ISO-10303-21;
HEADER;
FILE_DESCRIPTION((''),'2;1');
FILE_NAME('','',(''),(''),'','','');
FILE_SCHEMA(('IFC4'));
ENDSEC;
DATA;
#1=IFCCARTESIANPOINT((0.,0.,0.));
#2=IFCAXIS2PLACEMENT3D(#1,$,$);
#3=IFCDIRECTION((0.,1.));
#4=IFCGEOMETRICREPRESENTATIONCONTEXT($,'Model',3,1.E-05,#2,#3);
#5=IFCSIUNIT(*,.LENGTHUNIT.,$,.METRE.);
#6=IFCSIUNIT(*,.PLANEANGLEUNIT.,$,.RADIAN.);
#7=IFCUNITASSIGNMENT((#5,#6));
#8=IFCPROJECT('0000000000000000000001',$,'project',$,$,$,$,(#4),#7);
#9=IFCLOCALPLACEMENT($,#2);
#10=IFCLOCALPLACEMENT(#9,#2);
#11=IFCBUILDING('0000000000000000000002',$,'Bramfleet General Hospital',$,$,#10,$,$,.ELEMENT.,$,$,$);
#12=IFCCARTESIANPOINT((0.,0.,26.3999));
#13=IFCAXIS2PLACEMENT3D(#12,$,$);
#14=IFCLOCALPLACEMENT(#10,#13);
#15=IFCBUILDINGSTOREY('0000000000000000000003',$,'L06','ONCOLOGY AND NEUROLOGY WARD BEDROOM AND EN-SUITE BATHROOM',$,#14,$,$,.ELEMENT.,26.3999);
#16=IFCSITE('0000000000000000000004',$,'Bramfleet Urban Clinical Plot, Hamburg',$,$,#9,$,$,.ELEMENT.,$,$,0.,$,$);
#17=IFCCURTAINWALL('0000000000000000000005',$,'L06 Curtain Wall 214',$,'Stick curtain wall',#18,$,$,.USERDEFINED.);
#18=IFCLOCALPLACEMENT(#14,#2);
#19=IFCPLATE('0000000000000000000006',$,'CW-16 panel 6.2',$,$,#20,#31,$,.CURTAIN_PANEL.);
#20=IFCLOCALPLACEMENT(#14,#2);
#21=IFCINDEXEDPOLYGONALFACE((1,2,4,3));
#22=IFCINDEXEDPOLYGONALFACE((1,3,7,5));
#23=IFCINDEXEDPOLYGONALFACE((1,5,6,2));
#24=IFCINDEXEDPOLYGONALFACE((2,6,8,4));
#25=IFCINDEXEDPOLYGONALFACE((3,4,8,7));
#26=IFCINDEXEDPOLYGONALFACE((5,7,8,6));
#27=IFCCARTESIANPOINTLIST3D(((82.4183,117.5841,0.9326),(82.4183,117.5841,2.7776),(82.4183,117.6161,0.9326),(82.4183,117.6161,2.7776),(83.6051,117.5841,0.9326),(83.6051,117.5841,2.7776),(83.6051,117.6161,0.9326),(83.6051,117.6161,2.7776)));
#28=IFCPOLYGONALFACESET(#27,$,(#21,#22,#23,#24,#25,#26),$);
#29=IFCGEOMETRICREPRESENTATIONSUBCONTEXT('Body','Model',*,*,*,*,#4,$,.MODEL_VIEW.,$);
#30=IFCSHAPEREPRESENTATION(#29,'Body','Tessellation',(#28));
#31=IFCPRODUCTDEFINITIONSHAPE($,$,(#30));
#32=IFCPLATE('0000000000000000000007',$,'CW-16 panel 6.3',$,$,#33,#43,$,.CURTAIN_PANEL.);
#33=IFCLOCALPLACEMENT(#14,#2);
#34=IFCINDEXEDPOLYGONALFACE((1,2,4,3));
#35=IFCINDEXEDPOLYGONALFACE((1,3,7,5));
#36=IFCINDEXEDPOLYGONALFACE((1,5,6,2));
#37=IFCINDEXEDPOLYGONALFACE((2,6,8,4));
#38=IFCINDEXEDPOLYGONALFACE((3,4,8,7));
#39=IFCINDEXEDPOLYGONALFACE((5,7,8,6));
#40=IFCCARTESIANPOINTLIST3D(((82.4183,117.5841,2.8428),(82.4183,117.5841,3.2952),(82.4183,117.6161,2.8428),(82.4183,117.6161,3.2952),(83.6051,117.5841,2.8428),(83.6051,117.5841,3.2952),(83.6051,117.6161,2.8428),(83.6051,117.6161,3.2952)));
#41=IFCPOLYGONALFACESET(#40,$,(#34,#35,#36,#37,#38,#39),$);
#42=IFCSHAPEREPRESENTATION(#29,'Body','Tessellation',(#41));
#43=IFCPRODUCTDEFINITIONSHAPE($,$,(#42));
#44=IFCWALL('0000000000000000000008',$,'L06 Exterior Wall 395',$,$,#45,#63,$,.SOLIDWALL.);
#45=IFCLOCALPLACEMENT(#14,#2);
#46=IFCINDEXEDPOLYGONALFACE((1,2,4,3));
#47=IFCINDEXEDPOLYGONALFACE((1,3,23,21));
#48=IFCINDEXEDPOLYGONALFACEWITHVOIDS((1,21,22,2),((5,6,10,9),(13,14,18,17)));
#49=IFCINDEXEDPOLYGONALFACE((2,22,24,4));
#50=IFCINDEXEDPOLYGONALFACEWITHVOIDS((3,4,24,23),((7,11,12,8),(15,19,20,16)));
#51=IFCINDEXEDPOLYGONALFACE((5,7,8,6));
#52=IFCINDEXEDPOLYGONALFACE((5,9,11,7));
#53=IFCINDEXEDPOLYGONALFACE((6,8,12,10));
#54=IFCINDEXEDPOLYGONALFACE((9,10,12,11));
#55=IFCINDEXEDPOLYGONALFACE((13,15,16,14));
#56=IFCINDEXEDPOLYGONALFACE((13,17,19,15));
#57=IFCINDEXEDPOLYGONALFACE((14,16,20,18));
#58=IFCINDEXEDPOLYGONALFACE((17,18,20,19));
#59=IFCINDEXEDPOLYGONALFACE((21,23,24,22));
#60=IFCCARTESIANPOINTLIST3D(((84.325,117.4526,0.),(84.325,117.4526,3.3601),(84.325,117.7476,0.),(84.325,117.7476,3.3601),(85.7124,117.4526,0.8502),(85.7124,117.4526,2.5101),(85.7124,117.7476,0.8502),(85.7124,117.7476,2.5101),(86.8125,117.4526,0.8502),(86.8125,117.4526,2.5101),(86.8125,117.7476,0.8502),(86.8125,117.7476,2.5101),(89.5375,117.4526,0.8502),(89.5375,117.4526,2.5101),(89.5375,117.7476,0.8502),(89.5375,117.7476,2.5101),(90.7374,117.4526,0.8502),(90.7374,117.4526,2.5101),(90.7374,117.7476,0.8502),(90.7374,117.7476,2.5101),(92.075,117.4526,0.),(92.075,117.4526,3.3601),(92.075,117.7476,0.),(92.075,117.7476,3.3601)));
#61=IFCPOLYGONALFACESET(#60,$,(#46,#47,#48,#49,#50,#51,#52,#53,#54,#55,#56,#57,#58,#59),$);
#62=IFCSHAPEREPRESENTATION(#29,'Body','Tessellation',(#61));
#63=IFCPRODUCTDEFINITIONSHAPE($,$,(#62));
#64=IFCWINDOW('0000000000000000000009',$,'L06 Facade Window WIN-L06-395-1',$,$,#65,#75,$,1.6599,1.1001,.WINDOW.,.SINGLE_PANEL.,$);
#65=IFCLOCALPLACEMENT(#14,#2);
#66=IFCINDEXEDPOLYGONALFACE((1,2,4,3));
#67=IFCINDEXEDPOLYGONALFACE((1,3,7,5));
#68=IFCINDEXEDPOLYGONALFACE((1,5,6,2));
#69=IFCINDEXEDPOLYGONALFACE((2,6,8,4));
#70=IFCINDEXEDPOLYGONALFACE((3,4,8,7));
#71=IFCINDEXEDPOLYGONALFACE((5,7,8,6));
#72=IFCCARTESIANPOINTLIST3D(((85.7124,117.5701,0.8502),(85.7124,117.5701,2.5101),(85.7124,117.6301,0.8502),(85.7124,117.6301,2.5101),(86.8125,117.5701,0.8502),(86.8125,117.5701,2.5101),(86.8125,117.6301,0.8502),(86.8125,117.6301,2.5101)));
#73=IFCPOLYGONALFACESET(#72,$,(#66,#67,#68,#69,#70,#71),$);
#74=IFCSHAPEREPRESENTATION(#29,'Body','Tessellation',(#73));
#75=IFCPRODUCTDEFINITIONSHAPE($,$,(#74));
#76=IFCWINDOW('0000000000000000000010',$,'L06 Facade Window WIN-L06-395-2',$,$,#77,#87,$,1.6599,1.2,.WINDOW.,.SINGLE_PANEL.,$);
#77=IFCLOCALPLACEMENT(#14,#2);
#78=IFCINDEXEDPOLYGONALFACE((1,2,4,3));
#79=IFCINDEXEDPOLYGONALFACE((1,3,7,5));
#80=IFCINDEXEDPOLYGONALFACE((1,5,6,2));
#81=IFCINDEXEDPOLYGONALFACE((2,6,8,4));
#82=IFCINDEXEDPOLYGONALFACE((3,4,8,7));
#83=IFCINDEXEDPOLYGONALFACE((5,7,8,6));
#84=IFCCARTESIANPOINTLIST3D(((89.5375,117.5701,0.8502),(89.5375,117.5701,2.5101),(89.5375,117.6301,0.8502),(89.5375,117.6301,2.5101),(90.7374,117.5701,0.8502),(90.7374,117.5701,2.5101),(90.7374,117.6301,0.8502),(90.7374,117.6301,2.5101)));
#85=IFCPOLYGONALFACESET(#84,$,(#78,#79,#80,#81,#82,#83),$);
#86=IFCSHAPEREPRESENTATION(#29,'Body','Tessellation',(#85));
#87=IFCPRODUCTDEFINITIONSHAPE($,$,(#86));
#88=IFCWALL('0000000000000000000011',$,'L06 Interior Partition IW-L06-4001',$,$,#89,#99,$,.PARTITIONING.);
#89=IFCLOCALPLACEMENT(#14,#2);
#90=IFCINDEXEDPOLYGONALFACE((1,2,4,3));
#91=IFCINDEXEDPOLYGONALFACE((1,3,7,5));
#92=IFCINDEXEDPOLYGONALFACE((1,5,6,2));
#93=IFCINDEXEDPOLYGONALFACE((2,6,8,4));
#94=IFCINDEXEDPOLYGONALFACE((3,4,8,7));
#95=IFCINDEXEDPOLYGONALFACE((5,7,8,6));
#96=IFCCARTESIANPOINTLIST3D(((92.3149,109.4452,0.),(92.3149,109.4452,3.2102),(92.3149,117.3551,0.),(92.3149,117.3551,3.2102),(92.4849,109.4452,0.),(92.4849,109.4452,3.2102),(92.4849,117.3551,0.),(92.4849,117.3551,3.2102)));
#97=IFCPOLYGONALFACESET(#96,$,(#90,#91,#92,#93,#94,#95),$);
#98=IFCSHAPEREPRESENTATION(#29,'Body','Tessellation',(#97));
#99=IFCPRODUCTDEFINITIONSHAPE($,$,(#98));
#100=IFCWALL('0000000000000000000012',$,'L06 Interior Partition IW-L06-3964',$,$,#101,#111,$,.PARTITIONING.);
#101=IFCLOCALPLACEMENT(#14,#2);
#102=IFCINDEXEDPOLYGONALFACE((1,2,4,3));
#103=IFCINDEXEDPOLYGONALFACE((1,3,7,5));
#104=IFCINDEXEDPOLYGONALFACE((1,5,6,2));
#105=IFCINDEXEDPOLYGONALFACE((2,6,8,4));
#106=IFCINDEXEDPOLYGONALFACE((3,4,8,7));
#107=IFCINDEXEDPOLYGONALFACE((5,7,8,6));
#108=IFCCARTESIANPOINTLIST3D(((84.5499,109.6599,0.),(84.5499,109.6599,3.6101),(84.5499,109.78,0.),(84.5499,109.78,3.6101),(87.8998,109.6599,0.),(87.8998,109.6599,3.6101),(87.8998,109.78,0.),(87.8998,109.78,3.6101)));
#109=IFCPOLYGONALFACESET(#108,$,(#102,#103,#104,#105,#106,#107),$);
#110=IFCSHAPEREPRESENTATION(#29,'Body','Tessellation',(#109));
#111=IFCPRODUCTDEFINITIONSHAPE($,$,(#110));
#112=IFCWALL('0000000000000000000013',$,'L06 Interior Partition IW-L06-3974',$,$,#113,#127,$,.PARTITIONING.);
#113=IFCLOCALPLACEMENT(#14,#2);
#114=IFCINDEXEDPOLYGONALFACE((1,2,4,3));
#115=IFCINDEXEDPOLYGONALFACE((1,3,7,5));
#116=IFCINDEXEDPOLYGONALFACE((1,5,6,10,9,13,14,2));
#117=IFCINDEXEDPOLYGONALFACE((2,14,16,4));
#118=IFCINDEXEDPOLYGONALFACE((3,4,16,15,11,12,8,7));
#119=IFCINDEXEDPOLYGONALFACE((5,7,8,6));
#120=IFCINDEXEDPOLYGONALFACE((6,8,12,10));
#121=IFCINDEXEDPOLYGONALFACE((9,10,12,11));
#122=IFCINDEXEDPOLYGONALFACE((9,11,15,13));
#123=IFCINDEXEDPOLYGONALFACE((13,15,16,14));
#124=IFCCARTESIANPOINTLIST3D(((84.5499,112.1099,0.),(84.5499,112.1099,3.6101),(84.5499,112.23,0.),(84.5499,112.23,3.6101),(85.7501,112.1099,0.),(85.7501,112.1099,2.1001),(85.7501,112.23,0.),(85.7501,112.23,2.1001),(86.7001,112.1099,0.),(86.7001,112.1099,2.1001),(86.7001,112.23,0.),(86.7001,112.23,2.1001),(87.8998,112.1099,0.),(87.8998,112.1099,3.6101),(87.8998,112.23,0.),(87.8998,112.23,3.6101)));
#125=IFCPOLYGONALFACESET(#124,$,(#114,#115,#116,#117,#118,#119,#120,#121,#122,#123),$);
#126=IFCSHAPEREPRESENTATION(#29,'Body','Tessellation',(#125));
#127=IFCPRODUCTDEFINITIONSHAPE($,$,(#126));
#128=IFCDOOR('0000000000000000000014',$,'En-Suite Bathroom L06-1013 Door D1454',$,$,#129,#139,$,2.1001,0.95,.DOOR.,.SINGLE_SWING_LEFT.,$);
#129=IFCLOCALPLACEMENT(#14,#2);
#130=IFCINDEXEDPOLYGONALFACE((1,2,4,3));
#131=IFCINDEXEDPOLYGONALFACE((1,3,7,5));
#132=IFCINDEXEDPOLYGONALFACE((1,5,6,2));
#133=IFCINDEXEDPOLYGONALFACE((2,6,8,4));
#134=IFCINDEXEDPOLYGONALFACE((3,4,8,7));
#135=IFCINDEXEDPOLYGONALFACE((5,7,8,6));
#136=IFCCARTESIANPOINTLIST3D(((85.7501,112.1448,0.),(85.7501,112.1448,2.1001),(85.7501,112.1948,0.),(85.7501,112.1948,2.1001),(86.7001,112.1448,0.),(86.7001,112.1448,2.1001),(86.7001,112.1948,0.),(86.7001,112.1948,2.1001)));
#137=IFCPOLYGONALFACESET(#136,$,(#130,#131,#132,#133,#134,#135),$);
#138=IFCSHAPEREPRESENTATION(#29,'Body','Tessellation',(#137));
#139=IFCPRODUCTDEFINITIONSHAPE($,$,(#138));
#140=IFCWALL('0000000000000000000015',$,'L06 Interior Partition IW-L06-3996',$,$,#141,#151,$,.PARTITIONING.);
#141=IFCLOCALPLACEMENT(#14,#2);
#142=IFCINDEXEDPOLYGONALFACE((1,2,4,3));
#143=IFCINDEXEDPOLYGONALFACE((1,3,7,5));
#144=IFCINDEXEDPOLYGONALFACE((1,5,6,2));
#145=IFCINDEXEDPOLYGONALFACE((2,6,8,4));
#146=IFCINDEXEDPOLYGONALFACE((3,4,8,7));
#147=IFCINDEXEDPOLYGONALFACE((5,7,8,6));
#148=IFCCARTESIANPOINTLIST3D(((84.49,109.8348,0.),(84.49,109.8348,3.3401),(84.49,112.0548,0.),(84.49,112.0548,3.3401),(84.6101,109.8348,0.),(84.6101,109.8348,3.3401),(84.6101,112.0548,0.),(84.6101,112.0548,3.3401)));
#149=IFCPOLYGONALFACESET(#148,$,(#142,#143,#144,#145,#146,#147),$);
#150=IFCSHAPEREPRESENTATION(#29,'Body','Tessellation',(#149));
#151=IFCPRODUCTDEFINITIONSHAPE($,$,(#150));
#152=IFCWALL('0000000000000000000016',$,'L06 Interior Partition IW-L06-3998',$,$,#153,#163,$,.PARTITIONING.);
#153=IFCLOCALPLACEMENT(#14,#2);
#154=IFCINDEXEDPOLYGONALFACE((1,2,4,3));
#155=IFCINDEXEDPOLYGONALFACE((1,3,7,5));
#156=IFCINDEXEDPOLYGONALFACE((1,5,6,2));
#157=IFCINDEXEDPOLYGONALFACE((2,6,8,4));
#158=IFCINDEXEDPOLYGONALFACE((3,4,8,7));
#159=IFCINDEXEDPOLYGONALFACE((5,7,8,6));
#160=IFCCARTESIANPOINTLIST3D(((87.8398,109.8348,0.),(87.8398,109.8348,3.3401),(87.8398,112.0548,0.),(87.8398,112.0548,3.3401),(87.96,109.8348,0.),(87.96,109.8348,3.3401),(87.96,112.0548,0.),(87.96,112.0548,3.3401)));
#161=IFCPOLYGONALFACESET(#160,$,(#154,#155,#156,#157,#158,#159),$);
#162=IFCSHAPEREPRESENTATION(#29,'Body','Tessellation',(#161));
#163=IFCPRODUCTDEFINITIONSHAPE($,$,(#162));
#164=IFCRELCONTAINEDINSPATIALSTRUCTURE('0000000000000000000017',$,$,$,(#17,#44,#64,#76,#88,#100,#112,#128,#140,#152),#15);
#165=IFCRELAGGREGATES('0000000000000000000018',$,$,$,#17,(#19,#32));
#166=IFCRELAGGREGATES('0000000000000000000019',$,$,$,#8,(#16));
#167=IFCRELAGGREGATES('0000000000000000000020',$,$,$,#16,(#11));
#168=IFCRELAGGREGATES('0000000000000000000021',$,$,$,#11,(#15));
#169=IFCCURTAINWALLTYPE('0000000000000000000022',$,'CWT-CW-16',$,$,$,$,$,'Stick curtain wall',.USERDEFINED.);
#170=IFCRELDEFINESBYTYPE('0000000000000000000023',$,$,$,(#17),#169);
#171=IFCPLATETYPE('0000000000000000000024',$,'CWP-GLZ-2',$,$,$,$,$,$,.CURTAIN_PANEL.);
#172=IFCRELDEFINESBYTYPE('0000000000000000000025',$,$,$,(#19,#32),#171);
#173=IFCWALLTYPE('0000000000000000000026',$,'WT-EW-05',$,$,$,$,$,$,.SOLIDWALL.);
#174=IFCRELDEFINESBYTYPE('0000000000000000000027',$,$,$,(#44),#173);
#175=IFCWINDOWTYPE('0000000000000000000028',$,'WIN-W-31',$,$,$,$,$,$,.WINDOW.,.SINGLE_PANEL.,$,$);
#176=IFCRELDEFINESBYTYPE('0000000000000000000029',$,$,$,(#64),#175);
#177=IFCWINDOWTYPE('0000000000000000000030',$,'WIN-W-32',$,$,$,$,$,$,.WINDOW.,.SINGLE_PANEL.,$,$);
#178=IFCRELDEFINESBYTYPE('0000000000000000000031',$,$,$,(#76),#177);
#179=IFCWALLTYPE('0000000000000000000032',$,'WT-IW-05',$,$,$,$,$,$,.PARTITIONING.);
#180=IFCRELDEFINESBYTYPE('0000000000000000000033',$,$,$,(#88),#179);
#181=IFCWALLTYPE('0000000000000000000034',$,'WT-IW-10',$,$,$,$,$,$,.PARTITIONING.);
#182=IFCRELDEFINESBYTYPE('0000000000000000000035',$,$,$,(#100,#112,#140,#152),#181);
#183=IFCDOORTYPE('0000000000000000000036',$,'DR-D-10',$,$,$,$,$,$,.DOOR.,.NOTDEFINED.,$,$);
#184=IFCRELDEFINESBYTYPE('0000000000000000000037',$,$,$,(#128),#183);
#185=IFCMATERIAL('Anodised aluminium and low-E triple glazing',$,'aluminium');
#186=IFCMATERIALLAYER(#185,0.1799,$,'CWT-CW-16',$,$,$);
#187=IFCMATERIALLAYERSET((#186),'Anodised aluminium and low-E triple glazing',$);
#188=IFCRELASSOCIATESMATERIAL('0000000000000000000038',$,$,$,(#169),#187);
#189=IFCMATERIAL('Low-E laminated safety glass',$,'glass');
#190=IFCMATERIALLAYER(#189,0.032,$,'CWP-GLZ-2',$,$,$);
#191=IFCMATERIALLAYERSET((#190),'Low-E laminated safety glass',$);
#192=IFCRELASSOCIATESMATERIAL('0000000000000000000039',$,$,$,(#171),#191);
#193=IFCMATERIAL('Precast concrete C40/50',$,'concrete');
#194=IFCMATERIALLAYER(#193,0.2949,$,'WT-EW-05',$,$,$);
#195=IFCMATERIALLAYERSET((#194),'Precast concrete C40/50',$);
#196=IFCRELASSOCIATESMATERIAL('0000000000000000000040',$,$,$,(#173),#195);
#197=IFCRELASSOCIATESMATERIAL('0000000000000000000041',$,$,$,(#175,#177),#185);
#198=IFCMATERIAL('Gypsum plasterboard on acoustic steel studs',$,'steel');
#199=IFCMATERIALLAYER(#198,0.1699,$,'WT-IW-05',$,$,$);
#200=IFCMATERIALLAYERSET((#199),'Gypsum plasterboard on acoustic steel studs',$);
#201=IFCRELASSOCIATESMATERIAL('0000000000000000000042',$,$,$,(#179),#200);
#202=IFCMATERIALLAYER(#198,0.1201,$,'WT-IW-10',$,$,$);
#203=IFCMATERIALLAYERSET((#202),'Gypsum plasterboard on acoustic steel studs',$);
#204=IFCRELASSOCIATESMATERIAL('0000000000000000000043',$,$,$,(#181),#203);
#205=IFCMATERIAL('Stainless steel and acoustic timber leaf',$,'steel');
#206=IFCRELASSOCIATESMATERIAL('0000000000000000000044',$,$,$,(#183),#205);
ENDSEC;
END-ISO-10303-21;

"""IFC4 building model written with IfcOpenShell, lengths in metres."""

from ifc_helpers import new_model, si_unit, direction, frame, frame_2d, origin, origin_2d, place, context, subcontext, project, spatial, rectangle, extrude, material, layer, layer_set, type_object, element, fill, aggregate, save


model = new_model("IFC4")

# Units and contexts
model_context = context("Model", 3, precision=1e-05, world=origin(), true_north=direction((0.0, 1.0)))
body_context = subcontext(model_context, "Body", "Model", "MODEL_VIEW")
ifc_project = project(units=[si_unit("LENGTHUNIT", "METRE"), si_unit("PLANEANGLEUNIT", "RADIAN")], contexts=[model_context])

# Site, building, storey
site_placement = place(None, origin())
site = spatial("IfcSite", under=ifc_project, at=site_placement, Name="Bramfleet Urban Clinical Plot, Hamburg", CompositionType="ELEMENT", RefElevation=0.0)
building_placement = place(site_placement, origin())
building = spatial("IfcBuilding", under=site, at=building_placement, Name="Bramfleet General Hospital", CompositionType="ELEMENT")
storey_placement = place(building_placement, frame((0.0, 0.0, 26.3999)))
storey = spatial("IfcBuildingStorey", under=building, at=storey_placement, Name="L06", Description="ONCOLOGY AND NEUROLOGY WARD BEDROOM AND EN-SUITE BATHROOM", CompositionType="ELEMENT", Elevation=26.3999)

# Curtain wall, plates
ifc_material_1 = material(Name="Anodised aluminium and low-E triple glazing", Category="aluminium")
ifc_layer_1 = layer(ifc_material_1, 0.1799, Name="CWT-CW-16")
ifc_layer_set_1 = layer_set([ifc_layer_1], Name="Anodised aluminium and low-E triple glazing")
curtain_wall_type = type_object("IfcCurtainWallType", Name="CWT-CW-16", ElementType="Stick curtain wall", PredefinedType="USERDEFINED", material=ifc_layer_set_1)
curtain_wall_placement = place(storey_placement, origin())
curtain_wall = element("IfcCurtainWall", 1, at=curtain_wall_placement, inside=storey, type_object=curtain_wall_type, Name="L06 Curtain Wall 214", ObjectType="Stick curtain wall", PredefinedType="USERDEFINED")
ifc_material_2 = material(Name="Low-E laminated safety glass", Category="glass")
ifc_layer_2 = layer(ifc_material_2, 0.032, Name="CWP-GLZ-2")
ifc_layer_set_2 = layer_set([ifc_layer_2], Name="Low-E laminated safety glass")
plate_type = type_object("IfcPlateType", Name="CWP-GLZ-2", PredefinedType="CURTAIN_PANEL", material=ifc_layer_set_2)
plate_1_placement = place(storey_placement, frame((83.0117, 117.6001, 0.9326), z_axis=(0.0, 0.0, 1.0), x_axis=(1.0, 0.0, 0.0)))
plate_1 = element("IfcPlate", 2, at=plate_1_placement, type_object=plate_type, Name="CW-16 panel 6.2", PredefinedType="CURTAIN_PANEL", context=body_context, shape_type="SweptSolid", body=[
    extrude(rectangle(XDim=1.1868, YDim=0.032, at=origin_2d()), origin(), (0.0, 0.0, 1.0), 1.845),
])
plate_2_placement = place(storey_placement, frame((83.0117, 117.6001, 2.8428), z_axis=(0.0, 0.0, 1.0), x_axis=(1.0, 0.0, 0.0)))
plate_2 = element("IfcPlate", 3, at=plate_2_placement, type_object=plate_type, Name="CW-16 panel 6.3", PredefinedType="CURTAIN_PANEL", context=body_context, shape_type="SweptSolid", body=[
    extrude(rectangle(XDim=1.1868, YDim=0.032, at=origin_2d()), origin(), (0.0, 0.0, 1.0), 0.4524),
])
aggregate(curtain_wall, [plate_1, plate_2])

# Wall, openings, windows
ifc_material_3 = material(Name="Precast concrete C40/50", Category="concrete")
ifc_layer_3 = layer(ifc_material_3, 0.2949, Name="WT-EW-05")
ifc_layer_set_3 = layer_set([ifc_layer_3], Name="Precast concrete C40/50")
wall_type_1 = type_object("IfcWallType", Name="WT-EW-05", PredefinedType="SOLIDWALL", material=ifc_layer_set_3)
wall_1_placement = place(storey_placement, frame((84.325, 117.6001, 0.0), z_axis=(0.0, 0.0, 1.0), x_axis=(1.0, 0.0, 0.0)))
wall_1 = element("IfcWall", 4, at=wall_1_placement, inside=storey, type_object=wall_type_1, Name="L06 Exterior Wall 395", PredefinedType="SOLIDWALL", context=body_context, shape_type="SweptSolid", body=[
    extrude(rectangle(XDim=7.75, YDim=0.2949, at=frame_2d((3.875, 0.0))), origin(), (0.0, 0.0, 1.0), 3.3601),
])
opening_1_placement = place(wall_1_placement, frame((1.3875, 0.0, 0.8501)))
opening_1 = element("IfcOpeningElement", 5, at=opening_1_placement, cuts=wall_1, PredefinedType="OPENING", context=body_context, shape_type="SweptSolid", body=[
    extrude(rectangle(XDim=1.1001, YDim=1.6599, at=frame_2d((0.55, 0.8301))), frame((0.0, 0.1575, 0.0), z_axis=(0.0, -1.0, 0.0), x_axis=(1.0, 0.0, 0.0)), (0.0, 0.0, 1.0), 0.3149),
])
opening_2_placement = place(wall_1_placement, frame((5.2124, 0.0, 0.8501)))
opening_2 = element("IfcOpeningElement", 6, at=opening_2_placement, cuts=wall_1, PredefinedType="OPENING", context=body_context, shape_type="SweptSolid", body=[
    extrude(rectangle(XDim=1.2, YDim=1.6599, at=frame_2d((0.6001, 0.8301))), frame((0.0, 0.1575, 0.0), z_axis=(0.0, -1.0, 0.0), x_axis=(1.0, 0.0, 0.0)), (0.0, 0.0, 1.0), 0.3149),
])
window_type_1 = type_object("IfcWindowType", Name="WIN-W-31", PartitioningType="SINGLE_PANEL", PredefinedType="WINDOW", material=ifc_material_1)
window_1_placement = place(opening_1_placement, origin())
window_1 = element("IfcWindow", 7, at=window_1_placement, inside=storey, type_object=window_type_1, Name="L06 Facade Window WIN-L06-395-1", OverallHeight=1.6599, OverallWidth=1.1001, PartitioningType="SINGLE_PANEL", PredefinedType="WINDOW", context=body_context, shape_type="SweptSolid", body=[
    extrude(rectangle(XDim=1.1001, YDim=1.6599, at=frame_2d((0.55, 0.8301))), frame((0.0, 0.03, 0.0), z_axis=(0.0, -1.0, 0.0), x_axis=(1.0, 0.0, 0.0)), (0.0, 0.0, 1.0), 0.0601),
])
fill(opening_1, window_1)
window_type_2 = type_object("IfcWindowType", Name="WIN-W-32", PartitioningType="SINGLE_PANEL", PredefinedType="WINDOW", material=ifc_material_1)
window_2_placement = place(opening_2_placement, origin())
window_2 = element("IfcWindow", 8, at=window_2_placement, inside=storey, type_object=window_type_2, Name="L06 Facade Window WIN-L06-395-2", OverallHeight=1.6599, OverallWidth=1.2, PartitioningType="SINGLE_PANEL", PredefinedType="WINDOW", context=body_context, shape_type="SweptSolid", body=[
    extrude(rectangle(XDim=1.2, YDim=1.6599, at=frame_2d((0.6001, 0.8301))), frame((0.0, 0.03, 0.0), z_axis=(0.0, -1.0, 0.0), x_axis=(1.0, 0.0, 0.0)), (0.0, 0.0, 1.0), 0.0601),
])
fill(opening_2, window_2)

# Walls
ifc_material_4 = material(Name="Gypsum plasterboard on acoustic steel studs", Category="steel")
ifc_layer_4 = layer(ifc_material_4, 0.1699, Name="WT-IW-05")
ifc_layer_set_4 = layer_set([ifc_layer_4], Name="Gypsum plasterboard on acoustic steel studs")
wall_type_2 = type_object("IfcWallType", Name="WT-IW-05", PredefinedType="PARTITIONING", material=ifc_layer_set_4)
wall_2_placement = place(storey_placement, frame((92.3999, 109.4451, 0.0), z_axis=(0.0, 0.0, 1.0), x_axis=(0.0, 1.0, 0.0)))
element("IfcWall", 9, at=wall_2_placement, inside=storey, type_object=wall_type_2, Name="L06 Interior Partition IW-L06-4001", PredefinedType="PARTITIONING", context=body_context, shape_type="SweptSolid", body=[
    extrude(rectangle(XDim=7.9099, YDim=0.1699, at=frame_2d((3.9551, 0.0))), origin(), (0.0, 0.0, 1.0), 3.2102),
])
ifc_layer_5 = layer(ifc_material_4, 0.1201, Name="WT-IW-10")
ifc_layer_set_5 = layer_set([ifc_layer_5], Name="Gypsum plasterboard on acoustic steel studs")
wall_type_3 = type_object("IfcWallType", Name="WT-IW-10", PredefinedType="PARTITIONING", material=ifc_layer_set_5)
wall_3_placement = place(storey_placement, frame((84.55, 109.72, 0.0), z_axis=(0.0, 0.0, 1.0), x_axis=(1.0, 0.0, 0.0)))
element("IfcWall", 10, at=wall_3_placement, inside=storey, type_object=wall_type_3, Name="L06 Interior Partition IW-L06-3964", PredefinedType="PARTITIONING", context=body_context, shape_type="SweptSolid", body=[
    extrude(rectangle(XDim=3.3499, YDim=0.1201, at=frame_2d((1.6748, 0.0))), origin(), (0.0, 0.0, 1.0), 3.6101),
])

# Wall, opening, door
wall_4_placement = place(storey_placement, frame((84.55, 112.1699, 0.0), z_axis=(0.0, 0.0, 1.0), x_axis=(1.0, 0.0, 0.0)))
wall_4 = element("IfcWall", 11, at=wall_4_placement, inside=storey, type_object=wall_type_3, Name="L06 Interior Partition IW-L06-3974", PredefinedType="PARTITIONING", context=body_context, shape_type="SweptSolid", body=[
    extrude(rectangle(XDim=3.3499, YDim=0.1201, at=frame_2d((1.6748, 0.0))), origin(), (0.0, 0.0, 1.0), 3.6101),
])
opening_3_placement = place(wall_4_placement, frame((1.2, 0.0, 0.0)))
opening_3 = element("IfcOpeningElement", 12, at=opening_3_placement, cuts=wall_4, PredefinedType="OPENING", context=body_context, shape_type="SweptSolid", body=[
    extrude(rectangle(XDim=0.95, YDim=2.1001, at=frame_2d((0.4751, 1.05))), frame((0.0, 0.0701, 0.0), z_axis=(0.0, -1.0, 0.0), x_axis=(1.0, 0.0, 0.0)), (0.0, 0.0, 1.0), 0.1401),
])
ifc_material_5 = material(Name="Stainless steel and acoustic timber leaf", Category="steel")
door_type = type_object("IfcDoorType", Name="DR-D-10", OperationType="NOTDEFINED", PredefinedType="DOOR", material=ifc_material_5)
door_placement = place(opening_3_placement, origin())
door = element("IfcDoor", 13, at=door_placement, inside=storey, type_object=door_type, Name="En-Suite Bathroom L06-1013 Door D1454", OperationType="SINGLE_SWING_LEFT", OverallHeight=2.1001, OverallWidth=0.95, PredefinedType="DOOR", context=body_context, shape_type="SweptSolid", body=[
    extrude(rectangle(XDim=0.95, YDim=2.1001, at=frame_2d((0.4751, 1.05))), frame((0.0, 0.0249, 0.0), z_axis=(0.0, -1.0, 0.0), x_axis=(1.0, 0.0, 0.0)), (0.0, 0.0, 1.0), 0.05),
])
fill(opening_3, door)

# Walls
for number, where, z_axis, x_axis, name in (
    (14, (84.55, 109.835, 0.0), (0.0, 0.0, 1.0), (0.0, 1.0, 0.0), "L06 Interior Partition IW-L06-3996"),
    (15, (87.8999, 109.835, 0.0), (0.0, 0.0, 1.0), (0.0, 1.0, 0.0), "L06 Interior Partition IW-L06-3998"),
):
    element("IfcWall", number, at=place(storey_placement, frame(where, z_axis=z_axis, x_axis=x_axis)), inside=storey, type_object=wall_type_3, Name=name, PredefinedType="PARTITIONING", context=body_context, shape_type="SweptSolid", body=[
        extrude(rectangle(XDim=2.22, YDim=0.1201, at=frame_2d((1.1099, 0.0))), origin(), (0.0, 0.0, 1.0), 3.3401),
    ])

save(model, "model.ifc")
